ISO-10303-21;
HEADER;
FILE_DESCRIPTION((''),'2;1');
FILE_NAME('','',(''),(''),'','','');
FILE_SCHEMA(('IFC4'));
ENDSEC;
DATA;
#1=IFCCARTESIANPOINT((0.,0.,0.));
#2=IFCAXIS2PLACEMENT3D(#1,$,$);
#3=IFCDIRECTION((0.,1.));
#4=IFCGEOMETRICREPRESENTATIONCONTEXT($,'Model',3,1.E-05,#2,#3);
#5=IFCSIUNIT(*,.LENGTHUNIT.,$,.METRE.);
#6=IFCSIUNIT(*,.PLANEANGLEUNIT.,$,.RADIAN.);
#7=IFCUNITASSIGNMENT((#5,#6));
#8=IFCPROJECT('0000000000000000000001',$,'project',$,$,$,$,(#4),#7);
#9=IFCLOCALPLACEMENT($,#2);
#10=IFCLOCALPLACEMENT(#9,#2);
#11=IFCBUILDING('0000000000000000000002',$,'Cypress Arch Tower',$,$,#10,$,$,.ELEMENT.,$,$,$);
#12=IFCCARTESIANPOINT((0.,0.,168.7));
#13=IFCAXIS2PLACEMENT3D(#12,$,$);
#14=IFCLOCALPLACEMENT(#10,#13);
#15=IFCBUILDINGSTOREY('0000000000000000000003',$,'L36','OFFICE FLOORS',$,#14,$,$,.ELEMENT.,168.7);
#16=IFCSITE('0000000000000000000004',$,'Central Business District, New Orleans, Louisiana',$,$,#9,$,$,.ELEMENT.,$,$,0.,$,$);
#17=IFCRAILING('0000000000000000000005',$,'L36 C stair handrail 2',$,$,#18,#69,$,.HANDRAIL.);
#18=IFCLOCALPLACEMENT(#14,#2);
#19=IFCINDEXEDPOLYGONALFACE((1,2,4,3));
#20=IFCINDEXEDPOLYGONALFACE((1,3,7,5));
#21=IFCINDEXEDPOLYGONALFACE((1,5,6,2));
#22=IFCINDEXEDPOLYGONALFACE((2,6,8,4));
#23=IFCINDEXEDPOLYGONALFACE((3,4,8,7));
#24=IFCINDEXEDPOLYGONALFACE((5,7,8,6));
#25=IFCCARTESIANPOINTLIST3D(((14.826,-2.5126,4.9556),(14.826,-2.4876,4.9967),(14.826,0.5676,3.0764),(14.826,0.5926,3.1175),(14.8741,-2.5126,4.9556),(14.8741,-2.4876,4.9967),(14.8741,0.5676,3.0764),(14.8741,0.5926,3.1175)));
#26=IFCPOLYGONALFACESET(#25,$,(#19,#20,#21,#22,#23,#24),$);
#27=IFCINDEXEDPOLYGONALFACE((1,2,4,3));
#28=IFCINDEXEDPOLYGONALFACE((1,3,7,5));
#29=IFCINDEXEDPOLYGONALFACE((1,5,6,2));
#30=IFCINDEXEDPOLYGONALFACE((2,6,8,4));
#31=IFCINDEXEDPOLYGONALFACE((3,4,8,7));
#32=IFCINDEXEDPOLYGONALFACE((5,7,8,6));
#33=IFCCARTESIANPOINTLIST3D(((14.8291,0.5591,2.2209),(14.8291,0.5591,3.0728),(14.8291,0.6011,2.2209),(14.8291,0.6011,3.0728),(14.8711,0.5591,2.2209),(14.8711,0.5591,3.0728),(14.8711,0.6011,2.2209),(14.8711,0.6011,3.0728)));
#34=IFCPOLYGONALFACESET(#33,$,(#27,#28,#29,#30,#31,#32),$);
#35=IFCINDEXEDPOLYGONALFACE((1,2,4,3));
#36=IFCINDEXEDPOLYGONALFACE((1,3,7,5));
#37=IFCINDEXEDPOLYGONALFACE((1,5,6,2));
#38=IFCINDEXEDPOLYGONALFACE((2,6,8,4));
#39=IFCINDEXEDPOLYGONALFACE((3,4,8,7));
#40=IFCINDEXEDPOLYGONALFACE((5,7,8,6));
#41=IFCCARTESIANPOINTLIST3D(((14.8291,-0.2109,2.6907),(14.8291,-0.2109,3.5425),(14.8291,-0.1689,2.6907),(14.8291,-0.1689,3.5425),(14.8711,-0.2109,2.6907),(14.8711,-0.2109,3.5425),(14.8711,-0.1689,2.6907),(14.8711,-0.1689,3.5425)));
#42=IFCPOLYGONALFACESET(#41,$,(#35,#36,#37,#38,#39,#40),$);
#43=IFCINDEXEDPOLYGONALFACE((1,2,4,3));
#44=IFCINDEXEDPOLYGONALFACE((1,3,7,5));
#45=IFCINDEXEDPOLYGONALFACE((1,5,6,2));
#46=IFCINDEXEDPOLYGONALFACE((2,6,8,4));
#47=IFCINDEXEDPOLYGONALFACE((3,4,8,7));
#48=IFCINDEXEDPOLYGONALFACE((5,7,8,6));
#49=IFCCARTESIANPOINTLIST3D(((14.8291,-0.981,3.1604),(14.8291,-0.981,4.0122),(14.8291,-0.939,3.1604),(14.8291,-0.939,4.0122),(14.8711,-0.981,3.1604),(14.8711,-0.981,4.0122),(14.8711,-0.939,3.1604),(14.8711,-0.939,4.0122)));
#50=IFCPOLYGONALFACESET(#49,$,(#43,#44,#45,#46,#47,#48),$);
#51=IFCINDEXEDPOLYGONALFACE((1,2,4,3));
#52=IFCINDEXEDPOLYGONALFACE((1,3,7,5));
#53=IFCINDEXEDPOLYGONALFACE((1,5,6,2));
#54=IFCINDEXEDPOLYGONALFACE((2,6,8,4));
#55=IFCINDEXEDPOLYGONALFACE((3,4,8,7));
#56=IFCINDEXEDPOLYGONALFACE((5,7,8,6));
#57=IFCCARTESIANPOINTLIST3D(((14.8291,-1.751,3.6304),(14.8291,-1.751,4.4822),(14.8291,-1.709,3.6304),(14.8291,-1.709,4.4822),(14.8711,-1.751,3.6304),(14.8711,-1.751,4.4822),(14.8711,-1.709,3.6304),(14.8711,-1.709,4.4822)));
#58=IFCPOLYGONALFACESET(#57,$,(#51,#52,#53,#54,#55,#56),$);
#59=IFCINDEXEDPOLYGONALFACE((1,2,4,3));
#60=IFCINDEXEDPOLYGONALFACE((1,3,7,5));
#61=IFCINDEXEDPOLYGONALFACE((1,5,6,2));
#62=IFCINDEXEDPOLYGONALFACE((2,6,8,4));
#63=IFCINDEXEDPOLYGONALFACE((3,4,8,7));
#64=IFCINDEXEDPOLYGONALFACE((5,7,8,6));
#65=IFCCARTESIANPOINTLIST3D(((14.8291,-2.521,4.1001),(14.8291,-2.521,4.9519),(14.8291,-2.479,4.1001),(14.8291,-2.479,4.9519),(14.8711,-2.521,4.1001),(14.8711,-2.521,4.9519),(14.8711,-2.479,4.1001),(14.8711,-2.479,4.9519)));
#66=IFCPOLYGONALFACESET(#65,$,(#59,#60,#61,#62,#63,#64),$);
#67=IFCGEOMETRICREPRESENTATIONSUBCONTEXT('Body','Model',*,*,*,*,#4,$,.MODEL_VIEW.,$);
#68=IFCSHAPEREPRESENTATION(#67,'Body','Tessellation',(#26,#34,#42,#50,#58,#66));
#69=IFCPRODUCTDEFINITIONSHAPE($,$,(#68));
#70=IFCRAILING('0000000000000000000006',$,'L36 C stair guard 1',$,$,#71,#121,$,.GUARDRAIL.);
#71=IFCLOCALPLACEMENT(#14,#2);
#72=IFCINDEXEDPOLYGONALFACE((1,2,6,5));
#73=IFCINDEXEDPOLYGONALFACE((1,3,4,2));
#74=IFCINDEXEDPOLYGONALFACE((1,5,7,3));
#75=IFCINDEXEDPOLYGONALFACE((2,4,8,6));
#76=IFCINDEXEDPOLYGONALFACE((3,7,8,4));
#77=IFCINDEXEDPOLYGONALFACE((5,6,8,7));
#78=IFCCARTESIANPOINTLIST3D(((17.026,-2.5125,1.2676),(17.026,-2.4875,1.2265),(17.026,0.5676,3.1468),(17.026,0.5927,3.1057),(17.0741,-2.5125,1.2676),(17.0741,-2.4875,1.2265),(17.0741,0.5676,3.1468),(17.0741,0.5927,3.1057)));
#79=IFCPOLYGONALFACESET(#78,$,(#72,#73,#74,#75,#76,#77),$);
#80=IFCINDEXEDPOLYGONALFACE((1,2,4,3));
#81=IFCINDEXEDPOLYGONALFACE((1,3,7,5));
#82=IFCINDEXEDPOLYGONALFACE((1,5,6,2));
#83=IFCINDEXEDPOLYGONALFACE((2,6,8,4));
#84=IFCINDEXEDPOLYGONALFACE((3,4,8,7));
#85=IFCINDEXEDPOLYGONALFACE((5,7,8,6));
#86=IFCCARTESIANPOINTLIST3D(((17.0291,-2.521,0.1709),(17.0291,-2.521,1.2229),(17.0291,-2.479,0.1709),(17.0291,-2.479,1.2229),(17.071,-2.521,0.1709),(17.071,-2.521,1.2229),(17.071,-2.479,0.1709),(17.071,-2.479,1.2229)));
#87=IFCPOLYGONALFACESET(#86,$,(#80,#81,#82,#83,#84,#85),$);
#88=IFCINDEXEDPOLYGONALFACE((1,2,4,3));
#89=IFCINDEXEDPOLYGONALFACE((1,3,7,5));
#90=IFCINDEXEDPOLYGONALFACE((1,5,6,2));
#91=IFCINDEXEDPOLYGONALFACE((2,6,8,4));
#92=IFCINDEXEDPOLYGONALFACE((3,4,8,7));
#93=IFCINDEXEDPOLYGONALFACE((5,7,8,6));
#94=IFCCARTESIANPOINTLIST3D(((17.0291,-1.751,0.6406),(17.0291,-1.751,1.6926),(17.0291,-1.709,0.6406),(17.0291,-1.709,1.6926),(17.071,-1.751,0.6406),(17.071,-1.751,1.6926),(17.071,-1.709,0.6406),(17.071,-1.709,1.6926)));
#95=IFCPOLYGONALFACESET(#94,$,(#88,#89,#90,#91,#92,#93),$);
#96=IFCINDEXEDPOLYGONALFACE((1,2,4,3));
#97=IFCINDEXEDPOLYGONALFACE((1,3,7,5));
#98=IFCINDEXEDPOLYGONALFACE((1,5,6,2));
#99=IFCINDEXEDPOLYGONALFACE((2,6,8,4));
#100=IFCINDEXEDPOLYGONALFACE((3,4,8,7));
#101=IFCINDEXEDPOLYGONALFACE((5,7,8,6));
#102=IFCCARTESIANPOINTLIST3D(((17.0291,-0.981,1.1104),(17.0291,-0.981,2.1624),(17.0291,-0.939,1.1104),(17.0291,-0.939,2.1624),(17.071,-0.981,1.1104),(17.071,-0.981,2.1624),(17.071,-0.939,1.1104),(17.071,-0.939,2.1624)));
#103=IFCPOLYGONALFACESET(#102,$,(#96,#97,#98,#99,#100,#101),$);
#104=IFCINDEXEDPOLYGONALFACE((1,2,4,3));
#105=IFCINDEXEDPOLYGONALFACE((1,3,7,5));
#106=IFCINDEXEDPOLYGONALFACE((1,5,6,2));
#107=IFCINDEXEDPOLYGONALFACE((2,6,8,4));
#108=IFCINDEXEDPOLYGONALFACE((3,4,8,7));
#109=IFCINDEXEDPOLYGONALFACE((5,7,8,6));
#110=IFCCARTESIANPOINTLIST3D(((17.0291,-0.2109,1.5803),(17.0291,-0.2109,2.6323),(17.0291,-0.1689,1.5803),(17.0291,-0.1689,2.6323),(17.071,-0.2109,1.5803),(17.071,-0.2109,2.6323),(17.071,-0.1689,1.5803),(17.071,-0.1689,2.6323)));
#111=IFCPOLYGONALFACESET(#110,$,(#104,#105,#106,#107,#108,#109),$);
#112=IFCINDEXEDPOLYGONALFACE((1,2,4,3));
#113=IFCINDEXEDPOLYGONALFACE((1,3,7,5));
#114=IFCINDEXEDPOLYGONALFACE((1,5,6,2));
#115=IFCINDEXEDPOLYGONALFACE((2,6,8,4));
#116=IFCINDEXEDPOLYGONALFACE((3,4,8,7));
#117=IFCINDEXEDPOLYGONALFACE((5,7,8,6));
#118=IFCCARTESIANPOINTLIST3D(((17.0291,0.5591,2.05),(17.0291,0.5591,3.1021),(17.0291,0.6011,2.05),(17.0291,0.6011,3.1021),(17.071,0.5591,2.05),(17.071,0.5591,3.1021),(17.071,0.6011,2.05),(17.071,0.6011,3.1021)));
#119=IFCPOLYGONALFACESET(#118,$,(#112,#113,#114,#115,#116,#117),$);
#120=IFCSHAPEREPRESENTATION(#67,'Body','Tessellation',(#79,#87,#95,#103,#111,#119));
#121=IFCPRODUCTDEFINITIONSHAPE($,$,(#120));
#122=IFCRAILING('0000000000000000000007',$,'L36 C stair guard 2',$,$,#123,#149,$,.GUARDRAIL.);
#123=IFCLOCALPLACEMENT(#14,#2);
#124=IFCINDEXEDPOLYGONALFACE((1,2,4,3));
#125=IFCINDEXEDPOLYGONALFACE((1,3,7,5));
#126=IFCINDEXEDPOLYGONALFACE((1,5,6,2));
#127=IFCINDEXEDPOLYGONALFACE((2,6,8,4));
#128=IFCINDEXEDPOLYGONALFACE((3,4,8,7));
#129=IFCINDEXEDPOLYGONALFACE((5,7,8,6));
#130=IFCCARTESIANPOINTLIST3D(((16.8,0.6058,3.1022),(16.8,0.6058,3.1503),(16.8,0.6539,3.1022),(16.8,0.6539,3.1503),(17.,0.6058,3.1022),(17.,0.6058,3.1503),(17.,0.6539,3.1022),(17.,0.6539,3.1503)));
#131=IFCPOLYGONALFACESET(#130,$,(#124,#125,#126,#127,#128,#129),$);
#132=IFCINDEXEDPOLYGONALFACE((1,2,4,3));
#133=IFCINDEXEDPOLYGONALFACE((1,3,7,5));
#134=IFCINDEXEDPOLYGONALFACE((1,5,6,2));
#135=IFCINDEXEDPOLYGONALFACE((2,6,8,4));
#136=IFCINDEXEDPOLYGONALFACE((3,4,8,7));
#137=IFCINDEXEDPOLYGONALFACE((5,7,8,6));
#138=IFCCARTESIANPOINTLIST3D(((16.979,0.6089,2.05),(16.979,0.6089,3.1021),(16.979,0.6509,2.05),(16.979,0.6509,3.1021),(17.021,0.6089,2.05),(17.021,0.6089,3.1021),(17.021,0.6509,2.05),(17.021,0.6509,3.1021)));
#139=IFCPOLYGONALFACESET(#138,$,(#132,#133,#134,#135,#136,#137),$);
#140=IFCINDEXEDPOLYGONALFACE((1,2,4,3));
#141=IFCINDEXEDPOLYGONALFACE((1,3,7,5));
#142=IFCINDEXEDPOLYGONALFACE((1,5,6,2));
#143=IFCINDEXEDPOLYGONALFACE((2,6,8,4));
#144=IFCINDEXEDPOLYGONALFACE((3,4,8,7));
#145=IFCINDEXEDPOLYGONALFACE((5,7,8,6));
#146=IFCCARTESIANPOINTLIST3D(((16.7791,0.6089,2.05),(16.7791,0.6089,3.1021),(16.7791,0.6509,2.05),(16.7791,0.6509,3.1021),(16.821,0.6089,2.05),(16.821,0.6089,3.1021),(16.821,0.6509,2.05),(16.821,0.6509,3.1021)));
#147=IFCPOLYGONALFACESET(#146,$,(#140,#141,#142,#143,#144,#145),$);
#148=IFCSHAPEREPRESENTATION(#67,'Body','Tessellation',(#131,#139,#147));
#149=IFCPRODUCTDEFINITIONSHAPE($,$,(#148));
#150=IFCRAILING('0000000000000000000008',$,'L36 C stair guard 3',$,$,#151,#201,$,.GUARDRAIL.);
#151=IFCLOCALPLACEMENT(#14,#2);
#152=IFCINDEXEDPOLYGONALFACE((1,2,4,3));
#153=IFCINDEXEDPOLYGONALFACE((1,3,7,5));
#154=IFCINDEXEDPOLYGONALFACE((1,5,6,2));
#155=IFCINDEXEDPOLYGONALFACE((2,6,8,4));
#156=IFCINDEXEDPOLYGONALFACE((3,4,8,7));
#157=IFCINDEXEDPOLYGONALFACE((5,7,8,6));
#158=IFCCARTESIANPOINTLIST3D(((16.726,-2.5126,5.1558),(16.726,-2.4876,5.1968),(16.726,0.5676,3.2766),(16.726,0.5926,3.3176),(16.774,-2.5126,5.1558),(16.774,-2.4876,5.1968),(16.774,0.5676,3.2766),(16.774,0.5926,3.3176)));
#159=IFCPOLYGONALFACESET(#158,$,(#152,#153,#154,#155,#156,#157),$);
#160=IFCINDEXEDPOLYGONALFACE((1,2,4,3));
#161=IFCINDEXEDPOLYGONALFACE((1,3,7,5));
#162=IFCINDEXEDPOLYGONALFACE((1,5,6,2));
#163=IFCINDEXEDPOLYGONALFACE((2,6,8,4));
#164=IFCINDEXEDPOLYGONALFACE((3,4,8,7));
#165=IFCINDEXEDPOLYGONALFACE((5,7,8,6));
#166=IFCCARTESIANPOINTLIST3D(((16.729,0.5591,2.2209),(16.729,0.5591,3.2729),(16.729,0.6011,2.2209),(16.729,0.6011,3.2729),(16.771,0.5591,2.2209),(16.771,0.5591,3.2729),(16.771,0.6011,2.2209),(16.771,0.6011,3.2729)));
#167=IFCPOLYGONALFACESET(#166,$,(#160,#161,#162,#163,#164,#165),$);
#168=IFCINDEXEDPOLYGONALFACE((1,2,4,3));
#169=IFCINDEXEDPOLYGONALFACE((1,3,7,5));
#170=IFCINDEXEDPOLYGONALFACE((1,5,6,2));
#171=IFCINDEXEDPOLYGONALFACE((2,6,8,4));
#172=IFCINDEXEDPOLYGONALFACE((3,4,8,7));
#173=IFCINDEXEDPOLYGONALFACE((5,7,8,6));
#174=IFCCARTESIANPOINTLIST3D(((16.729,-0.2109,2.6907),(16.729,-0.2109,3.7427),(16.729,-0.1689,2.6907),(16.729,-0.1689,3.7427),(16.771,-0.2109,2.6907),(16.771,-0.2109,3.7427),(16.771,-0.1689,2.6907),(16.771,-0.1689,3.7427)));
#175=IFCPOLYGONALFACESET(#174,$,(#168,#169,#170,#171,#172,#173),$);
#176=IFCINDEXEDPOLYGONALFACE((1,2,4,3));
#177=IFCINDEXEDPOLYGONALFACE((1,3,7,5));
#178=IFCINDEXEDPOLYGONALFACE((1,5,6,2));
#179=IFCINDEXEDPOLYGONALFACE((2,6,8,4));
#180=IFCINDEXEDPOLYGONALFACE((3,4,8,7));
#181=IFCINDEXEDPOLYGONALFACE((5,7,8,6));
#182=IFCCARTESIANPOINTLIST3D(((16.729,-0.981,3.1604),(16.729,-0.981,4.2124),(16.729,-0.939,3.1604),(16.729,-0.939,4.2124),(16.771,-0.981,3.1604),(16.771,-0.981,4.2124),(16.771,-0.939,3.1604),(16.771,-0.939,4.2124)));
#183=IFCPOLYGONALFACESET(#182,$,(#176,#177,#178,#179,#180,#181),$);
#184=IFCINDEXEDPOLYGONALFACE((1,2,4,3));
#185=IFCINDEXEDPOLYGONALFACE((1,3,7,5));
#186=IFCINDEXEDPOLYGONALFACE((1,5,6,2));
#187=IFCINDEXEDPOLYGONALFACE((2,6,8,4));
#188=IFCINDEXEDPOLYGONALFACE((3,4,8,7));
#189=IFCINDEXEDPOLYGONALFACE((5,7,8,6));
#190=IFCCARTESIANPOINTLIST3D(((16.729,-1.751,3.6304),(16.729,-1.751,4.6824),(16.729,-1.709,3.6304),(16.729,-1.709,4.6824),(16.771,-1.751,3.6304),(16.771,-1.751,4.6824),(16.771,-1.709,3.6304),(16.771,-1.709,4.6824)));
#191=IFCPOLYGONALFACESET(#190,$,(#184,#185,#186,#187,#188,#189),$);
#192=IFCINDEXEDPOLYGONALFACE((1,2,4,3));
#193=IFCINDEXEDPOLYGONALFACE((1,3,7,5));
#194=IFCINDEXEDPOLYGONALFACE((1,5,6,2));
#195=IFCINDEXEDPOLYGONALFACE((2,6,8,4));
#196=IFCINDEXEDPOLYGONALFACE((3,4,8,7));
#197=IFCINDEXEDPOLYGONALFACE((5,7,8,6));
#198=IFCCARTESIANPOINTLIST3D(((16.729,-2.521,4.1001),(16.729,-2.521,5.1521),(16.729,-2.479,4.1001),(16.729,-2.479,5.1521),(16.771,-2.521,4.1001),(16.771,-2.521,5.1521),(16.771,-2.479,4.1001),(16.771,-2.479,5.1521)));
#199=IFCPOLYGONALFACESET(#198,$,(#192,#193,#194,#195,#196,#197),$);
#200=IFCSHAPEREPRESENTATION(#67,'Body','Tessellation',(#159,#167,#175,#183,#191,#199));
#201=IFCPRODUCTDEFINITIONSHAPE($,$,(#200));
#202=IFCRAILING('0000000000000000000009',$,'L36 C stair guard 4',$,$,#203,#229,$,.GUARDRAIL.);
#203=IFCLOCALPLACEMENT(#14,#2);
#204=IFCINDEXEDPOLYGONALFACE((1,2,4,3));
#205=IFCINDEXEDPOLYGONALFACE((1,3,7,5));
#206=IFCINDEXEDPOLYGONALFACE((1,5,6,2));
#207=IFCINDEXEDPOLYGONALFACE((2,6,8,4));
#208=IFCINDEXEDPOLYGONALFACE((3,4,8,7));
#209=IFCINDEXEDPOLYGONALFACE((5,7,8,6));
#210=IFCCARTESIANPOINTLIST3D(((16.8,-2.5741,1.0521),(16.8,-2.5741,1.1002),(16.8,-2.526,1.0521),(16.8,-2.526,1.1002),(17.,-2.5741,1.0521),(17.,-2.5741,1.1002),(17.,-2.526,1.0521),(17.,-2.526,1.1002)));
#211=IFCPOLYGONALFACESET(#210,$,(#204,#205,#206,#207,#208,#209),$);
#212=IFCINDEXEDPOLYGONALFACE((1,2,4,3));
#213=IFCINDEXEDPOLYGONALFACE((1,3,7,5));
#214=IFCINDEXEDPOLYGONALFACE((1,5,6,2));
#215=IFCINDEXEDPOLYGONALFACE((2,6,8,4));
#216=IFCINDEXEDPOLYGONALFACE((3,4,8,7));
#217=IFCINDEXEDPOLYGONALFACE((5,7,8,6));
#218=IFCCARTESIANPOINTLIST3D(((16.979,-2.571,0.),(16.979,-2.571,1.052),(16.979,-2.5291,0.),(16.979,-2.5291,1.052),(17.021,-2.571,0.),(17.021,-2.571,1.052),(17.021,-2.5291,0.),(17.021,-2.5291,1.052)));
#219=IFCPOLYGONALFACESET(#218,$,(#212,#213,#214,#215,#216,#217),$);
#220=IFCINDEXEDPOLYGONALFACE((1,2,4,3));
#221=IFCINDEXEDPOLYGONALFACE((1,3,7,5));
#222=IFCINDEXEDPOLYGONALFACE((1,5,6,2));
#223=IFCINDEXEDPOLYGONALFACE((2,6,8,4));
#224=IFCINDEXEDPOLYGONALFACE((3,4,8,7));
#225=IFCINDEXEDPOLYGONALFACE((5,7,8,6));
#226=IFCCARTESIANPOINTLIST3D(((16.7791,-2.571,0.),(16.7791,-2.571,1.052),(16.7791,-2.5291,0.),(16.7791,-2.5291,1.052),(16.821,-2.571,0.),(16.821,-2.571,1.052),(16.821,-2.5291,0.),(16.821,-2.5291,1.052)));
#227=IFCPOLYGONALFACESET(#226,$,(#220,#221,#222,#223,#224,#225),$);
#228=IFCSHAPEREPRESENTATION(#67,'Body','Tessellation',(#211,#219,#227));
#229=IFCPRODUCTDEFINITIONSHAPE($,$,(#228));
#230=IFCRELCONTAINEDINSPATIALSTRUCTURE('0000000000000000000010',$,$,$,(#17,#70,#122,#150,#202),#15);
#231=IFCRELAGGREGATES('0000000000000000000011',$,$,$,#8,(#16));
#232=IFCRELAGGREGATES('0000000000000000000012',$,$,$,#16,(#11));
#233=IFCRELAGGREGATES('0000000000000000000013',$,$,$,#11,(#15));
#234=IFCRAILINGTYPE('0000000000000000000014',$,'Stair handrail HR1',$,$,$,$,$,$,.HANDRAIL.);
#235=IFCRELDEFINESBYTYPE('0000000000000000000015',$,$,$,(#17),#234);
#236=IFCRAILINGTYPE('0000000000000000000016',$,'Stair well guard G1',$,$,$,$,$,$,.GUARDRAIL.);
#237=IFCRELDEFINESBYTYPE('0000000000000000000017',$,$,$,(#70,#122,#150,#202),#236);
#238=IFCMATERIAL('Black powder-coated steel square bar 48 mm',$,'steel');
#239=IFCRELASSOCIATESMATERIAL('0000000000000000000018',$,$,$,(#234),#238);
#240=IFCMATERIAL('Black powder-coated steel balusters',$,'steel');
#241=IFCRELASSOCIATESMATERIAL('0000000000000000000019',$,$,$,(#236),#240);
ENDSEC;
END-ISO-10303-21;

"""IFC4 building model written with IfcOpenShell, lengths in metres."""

from ifc_helpers import new_model, si_unit, direction, frame, origin, origin_2d, place, context, subcontext, project, spatial, rectangle, extrude, material, type_object, element, save


model = new_model("IFC4")

# Units and contexts
model_context = context("Model", 3, precision=1e-05, world=origin(), true_north=direction((0.0, 1.0)))
body_context = subcontext(model_context, "Body", "Model", "MODEL_VIEW")
ifc_project = project(units=[si_unit("LENGTHUNIT", "METRE"), si_unit("PLANEANGLEUNIT", "RADIAN")], contexts=[model_context])

# Site, building, storey
site_placement = place(None, origin())
site = spatial("IfcSite", under=ifc_project, at=site_placement, Name="Central Business District, New Orleans, Louisiana", CompositionType="ELEMENT", RefElevation=0.0)
building_placement = place(site_placement, origin())
building = spatial("IfcBuilding", under=site, at=building_placement, Name="Cypress Arch Tower", CompositionType="ELEMENT")
storey_placement = place(building_placement, frame((0.0, 0.0, 168.7)))
storey = spatial("IfcBuildingStorey", under=building, at=storey_placement, Name="L36", Description="OFFICE FLOORS", CompositionType="ELEMENT", Elevation=168.7)

# Railings
ifc_material_1 = material(Name="Black powder-coated steel square bar 48 mm", Category="steel")
railing_type_1 = type_object("IfcRailingType", Name="Stair handrail HR1", PredefinedType="HANDRAIL", material=ifc_material_1)
railing_1_placement = place(storey_placement, frame((14.8501, 0.5801, 2.2209)))
element("IfcRailing", 1, at=railing_1_placement, inside=storey, type_object=railing_type_1, Name="L36 C stair handrail 2", PredefinedType="HANDRAIL", context=body_context, shape_type="SweptSolid", body=[
    extrude(rectangle(XDim=0.0481, YDim=0.0481, at=origin_2d()), frame((0.0, 0.0, 0.876), z_axis=(0.0, -0.853666, 0.52082), x_axis=(1.0, 0.0, 0.0)), (0.0, 0.0, 1.0), 3.6082),
    extrude(rectangle(XDim=0.042, YDim=0.042, at=origin_2d()), origin(), (0.0, 0.0, 1.0), 0.8518),
    extrude(rectangle(XDim=0.042, YDim=0.042, at=origin_2d()), frame((0.0, -0.77, 0.4697)), (0.0, 0.0, 1.0), 0.8518),
    extrude(rectangle(XDim=0.042, YDim=0.042, at=origin_2d()), frame((0.0, -1.54, 0.9395)), (0.0, 0.0, 1.0), 0.8518),
    extrude(rectangle(XDim=0.042, YDim=0.042, at=origin_2d()), frame((0.0, -2.3101, 1.4094)), (0.0, 0.0, 1.0), 0.8518),
    extrude(rectangle(XDim=0.042, YDim=0.042, at=origin_2d()), frame((0.0, -3.0801, 1.8792)), (0.0, 0.0, 1.0), 0.8518),
])
ifc_material_2 = material(Name="Black powder-coated steel balusters", Category="steel")
railing_type_2 = type_object("IfcRailingType", Name="Stair well guard G1", PredefinedType="GUARDRAIL", material=ifc_material_2)
railing_2_placement = place(storey_placement, frame((17.05, -2.5, 0.1709)))
element("IfcRailing", 2, at=railing_2_placement, inside=storey, type_object=railing_type_2, Name="L36 C stair guard 1", PredefinedType="GUARDRAIL", context=body_context, shape_type="SweptSolid", body=[
    extrude(rectangle(XDim=0.0481, YDim=0.0481, at=origin_2d()), frame((0.0, 0.0, 1.0762), z_axis=(0.0, 0.853666, 0.52082), x_axis=(-1.0, 0.0, 0.0)), (0.0, 0.0, 1.0), 3.6082),
    extrude(rectangle(XDim=0.042, YDim=0.042, at=origin_2d()), origin(), (0.0, 0.0, 1.0), 1.052),
    extrude(rectangle(XDim=0.042, YDim=0.042, at=origin_2d()), frame((0.0, 0.77, 0.4697)), (0.0, 0.0, 1.0), 1.052),
    extrude(rectangle(XDim=0.042, YDim=0.042, at=origin_2d()), frame((0.0, 1.54, 0.9395)), (0.0, 0.0, 1.0), 1.052),
    extrude(rectangle(XDim=0.042, YDim=0.042, at=origin_2d()), frame((0.0, 2.3101, 1.4094)), (0.0, 0.0, 1.0), 1.052),
    extrude(rectangle(XDim=0.042, YDim=0.042, at=origin_2d()), frame((0.0, 3.0801, 1.8792)), (0.0, 0.0, 1.0), 1.052),
])
railing_3_placement = place(storey_placement, frame((17.0, 0.6299, 2.05)))
element("IfcRailing", 3, at=railing_3_placement, inside=storey, type_object=railing_type_2, Name="L36 C stair guard 2", PredefinedType="GUARDRAIL", context=body_context, shape_type="SweptSolid", body=[
    extrude(rectangle(XDim=0.0481, YDim=0.0481, at=origin_2d()), frame((0.0, 0.0, 1.0762), z_axis=(-1.0, 0.0, 0.0), x_axis=(0.0, -1.0, 0.0)), (0.0, 0.0, 1.0), 0.2),
    extrude(rectangle(XDim=0.042, YDim=0.042, at=origin_2d()), origin(), (0.0, 0.0, 1.0), 1.052),
    extrude(rectangle(XDim=0.042, YDim=0.042, at=origin_2d()), frame((-0.2, 0.0, 0.0)), (0.0, 0.0, 1.0), 1.052),
])
railing_4_placement = place(storey_placement, frame((16.75, 0.5801, 2.2209)))
element("IfcRailing", 4, at=railing_4_placement, inside=storey, type_object=railing_type_2, Name="L36 C stair guard 3", PredefinedType="GUARDRAIL", context=body_context, shape_type="SweptSolid", body=[
    extrude(rectangle(XDim=0.0481, YDim=0.0481, at=origin_2d()), frame((0.0, 0.0, 1.0762), z_axis=(0.0, -0.853666, 0.52082), x_axis=(1.0, 0.0, 0.0)), (0.0, 0.0, 1.0), 3.6082),
    extrude(rectangle(XDim=0.042, YDim=0.042, at=origin_2d()), origin(), (0.0, 0.0, 1.0), 1.052),
    extrude(rectangle(XDim=0.042, YDim=0.042, at=origin_2d()), frame((0.0, -0.77, 0.4697)), (0.0, 0.0, 1.0), 1.052),
    extrude(rectangle(XDim=0.042, YDim=0.042, at=origin_2d()), frame((0.0, -1.54, 0.9395)), (0.0, 0.0, 1.0), 1.052),
    extrude(rectangle(XDim=0.042, YDim=0.042, at=origin_2d()), frame((0.0, -2.3101, 1.4094)), (0.0, 0.0, 1.0), 1.052),
    extrude(rectangle(XDim=0.042, YDim=0.042, at=origin_2d()), frame((0.0, -3.0801, 1.8792)), (0.0, 0.0, 1.0), 1.052),
])
railing_5_placement = place(storey_placement, frame((17.0, -2.55, 0.0)))
element("IfcRailing", 5, at=railing_5_placement, inside=storey, type_object=railing_type_2, Name="L36 C stair guard 4", PredefinedType="GUARDRAIL", context=body_context, shape_type="SweptSolid", body=[
    extrude(rectangle(XDim=0.0481, YDim=0.0481, at=origin_2d()), frame((0.0, 0.0, 1.0762), z_axis=(-1.0, 0.0, 0.0), x_axis=(0.0, -1.0, 0.0)), (0.0, 0.0, 1.0), 0.2),
    extrude(rectangle(XDim=0.042, YDim=0.042, at=origin_2d()), origin(), (0.0, 0.0, 1.0), 1.052),
    extrude(rectangle(XDim=0.042, YDim=0.042, at=origin_2d()), frame((-0.2, 0.0, 0.0)), (0.0, 0.0, 1.0), 1.052),
])

save(model, "model.ifc")
